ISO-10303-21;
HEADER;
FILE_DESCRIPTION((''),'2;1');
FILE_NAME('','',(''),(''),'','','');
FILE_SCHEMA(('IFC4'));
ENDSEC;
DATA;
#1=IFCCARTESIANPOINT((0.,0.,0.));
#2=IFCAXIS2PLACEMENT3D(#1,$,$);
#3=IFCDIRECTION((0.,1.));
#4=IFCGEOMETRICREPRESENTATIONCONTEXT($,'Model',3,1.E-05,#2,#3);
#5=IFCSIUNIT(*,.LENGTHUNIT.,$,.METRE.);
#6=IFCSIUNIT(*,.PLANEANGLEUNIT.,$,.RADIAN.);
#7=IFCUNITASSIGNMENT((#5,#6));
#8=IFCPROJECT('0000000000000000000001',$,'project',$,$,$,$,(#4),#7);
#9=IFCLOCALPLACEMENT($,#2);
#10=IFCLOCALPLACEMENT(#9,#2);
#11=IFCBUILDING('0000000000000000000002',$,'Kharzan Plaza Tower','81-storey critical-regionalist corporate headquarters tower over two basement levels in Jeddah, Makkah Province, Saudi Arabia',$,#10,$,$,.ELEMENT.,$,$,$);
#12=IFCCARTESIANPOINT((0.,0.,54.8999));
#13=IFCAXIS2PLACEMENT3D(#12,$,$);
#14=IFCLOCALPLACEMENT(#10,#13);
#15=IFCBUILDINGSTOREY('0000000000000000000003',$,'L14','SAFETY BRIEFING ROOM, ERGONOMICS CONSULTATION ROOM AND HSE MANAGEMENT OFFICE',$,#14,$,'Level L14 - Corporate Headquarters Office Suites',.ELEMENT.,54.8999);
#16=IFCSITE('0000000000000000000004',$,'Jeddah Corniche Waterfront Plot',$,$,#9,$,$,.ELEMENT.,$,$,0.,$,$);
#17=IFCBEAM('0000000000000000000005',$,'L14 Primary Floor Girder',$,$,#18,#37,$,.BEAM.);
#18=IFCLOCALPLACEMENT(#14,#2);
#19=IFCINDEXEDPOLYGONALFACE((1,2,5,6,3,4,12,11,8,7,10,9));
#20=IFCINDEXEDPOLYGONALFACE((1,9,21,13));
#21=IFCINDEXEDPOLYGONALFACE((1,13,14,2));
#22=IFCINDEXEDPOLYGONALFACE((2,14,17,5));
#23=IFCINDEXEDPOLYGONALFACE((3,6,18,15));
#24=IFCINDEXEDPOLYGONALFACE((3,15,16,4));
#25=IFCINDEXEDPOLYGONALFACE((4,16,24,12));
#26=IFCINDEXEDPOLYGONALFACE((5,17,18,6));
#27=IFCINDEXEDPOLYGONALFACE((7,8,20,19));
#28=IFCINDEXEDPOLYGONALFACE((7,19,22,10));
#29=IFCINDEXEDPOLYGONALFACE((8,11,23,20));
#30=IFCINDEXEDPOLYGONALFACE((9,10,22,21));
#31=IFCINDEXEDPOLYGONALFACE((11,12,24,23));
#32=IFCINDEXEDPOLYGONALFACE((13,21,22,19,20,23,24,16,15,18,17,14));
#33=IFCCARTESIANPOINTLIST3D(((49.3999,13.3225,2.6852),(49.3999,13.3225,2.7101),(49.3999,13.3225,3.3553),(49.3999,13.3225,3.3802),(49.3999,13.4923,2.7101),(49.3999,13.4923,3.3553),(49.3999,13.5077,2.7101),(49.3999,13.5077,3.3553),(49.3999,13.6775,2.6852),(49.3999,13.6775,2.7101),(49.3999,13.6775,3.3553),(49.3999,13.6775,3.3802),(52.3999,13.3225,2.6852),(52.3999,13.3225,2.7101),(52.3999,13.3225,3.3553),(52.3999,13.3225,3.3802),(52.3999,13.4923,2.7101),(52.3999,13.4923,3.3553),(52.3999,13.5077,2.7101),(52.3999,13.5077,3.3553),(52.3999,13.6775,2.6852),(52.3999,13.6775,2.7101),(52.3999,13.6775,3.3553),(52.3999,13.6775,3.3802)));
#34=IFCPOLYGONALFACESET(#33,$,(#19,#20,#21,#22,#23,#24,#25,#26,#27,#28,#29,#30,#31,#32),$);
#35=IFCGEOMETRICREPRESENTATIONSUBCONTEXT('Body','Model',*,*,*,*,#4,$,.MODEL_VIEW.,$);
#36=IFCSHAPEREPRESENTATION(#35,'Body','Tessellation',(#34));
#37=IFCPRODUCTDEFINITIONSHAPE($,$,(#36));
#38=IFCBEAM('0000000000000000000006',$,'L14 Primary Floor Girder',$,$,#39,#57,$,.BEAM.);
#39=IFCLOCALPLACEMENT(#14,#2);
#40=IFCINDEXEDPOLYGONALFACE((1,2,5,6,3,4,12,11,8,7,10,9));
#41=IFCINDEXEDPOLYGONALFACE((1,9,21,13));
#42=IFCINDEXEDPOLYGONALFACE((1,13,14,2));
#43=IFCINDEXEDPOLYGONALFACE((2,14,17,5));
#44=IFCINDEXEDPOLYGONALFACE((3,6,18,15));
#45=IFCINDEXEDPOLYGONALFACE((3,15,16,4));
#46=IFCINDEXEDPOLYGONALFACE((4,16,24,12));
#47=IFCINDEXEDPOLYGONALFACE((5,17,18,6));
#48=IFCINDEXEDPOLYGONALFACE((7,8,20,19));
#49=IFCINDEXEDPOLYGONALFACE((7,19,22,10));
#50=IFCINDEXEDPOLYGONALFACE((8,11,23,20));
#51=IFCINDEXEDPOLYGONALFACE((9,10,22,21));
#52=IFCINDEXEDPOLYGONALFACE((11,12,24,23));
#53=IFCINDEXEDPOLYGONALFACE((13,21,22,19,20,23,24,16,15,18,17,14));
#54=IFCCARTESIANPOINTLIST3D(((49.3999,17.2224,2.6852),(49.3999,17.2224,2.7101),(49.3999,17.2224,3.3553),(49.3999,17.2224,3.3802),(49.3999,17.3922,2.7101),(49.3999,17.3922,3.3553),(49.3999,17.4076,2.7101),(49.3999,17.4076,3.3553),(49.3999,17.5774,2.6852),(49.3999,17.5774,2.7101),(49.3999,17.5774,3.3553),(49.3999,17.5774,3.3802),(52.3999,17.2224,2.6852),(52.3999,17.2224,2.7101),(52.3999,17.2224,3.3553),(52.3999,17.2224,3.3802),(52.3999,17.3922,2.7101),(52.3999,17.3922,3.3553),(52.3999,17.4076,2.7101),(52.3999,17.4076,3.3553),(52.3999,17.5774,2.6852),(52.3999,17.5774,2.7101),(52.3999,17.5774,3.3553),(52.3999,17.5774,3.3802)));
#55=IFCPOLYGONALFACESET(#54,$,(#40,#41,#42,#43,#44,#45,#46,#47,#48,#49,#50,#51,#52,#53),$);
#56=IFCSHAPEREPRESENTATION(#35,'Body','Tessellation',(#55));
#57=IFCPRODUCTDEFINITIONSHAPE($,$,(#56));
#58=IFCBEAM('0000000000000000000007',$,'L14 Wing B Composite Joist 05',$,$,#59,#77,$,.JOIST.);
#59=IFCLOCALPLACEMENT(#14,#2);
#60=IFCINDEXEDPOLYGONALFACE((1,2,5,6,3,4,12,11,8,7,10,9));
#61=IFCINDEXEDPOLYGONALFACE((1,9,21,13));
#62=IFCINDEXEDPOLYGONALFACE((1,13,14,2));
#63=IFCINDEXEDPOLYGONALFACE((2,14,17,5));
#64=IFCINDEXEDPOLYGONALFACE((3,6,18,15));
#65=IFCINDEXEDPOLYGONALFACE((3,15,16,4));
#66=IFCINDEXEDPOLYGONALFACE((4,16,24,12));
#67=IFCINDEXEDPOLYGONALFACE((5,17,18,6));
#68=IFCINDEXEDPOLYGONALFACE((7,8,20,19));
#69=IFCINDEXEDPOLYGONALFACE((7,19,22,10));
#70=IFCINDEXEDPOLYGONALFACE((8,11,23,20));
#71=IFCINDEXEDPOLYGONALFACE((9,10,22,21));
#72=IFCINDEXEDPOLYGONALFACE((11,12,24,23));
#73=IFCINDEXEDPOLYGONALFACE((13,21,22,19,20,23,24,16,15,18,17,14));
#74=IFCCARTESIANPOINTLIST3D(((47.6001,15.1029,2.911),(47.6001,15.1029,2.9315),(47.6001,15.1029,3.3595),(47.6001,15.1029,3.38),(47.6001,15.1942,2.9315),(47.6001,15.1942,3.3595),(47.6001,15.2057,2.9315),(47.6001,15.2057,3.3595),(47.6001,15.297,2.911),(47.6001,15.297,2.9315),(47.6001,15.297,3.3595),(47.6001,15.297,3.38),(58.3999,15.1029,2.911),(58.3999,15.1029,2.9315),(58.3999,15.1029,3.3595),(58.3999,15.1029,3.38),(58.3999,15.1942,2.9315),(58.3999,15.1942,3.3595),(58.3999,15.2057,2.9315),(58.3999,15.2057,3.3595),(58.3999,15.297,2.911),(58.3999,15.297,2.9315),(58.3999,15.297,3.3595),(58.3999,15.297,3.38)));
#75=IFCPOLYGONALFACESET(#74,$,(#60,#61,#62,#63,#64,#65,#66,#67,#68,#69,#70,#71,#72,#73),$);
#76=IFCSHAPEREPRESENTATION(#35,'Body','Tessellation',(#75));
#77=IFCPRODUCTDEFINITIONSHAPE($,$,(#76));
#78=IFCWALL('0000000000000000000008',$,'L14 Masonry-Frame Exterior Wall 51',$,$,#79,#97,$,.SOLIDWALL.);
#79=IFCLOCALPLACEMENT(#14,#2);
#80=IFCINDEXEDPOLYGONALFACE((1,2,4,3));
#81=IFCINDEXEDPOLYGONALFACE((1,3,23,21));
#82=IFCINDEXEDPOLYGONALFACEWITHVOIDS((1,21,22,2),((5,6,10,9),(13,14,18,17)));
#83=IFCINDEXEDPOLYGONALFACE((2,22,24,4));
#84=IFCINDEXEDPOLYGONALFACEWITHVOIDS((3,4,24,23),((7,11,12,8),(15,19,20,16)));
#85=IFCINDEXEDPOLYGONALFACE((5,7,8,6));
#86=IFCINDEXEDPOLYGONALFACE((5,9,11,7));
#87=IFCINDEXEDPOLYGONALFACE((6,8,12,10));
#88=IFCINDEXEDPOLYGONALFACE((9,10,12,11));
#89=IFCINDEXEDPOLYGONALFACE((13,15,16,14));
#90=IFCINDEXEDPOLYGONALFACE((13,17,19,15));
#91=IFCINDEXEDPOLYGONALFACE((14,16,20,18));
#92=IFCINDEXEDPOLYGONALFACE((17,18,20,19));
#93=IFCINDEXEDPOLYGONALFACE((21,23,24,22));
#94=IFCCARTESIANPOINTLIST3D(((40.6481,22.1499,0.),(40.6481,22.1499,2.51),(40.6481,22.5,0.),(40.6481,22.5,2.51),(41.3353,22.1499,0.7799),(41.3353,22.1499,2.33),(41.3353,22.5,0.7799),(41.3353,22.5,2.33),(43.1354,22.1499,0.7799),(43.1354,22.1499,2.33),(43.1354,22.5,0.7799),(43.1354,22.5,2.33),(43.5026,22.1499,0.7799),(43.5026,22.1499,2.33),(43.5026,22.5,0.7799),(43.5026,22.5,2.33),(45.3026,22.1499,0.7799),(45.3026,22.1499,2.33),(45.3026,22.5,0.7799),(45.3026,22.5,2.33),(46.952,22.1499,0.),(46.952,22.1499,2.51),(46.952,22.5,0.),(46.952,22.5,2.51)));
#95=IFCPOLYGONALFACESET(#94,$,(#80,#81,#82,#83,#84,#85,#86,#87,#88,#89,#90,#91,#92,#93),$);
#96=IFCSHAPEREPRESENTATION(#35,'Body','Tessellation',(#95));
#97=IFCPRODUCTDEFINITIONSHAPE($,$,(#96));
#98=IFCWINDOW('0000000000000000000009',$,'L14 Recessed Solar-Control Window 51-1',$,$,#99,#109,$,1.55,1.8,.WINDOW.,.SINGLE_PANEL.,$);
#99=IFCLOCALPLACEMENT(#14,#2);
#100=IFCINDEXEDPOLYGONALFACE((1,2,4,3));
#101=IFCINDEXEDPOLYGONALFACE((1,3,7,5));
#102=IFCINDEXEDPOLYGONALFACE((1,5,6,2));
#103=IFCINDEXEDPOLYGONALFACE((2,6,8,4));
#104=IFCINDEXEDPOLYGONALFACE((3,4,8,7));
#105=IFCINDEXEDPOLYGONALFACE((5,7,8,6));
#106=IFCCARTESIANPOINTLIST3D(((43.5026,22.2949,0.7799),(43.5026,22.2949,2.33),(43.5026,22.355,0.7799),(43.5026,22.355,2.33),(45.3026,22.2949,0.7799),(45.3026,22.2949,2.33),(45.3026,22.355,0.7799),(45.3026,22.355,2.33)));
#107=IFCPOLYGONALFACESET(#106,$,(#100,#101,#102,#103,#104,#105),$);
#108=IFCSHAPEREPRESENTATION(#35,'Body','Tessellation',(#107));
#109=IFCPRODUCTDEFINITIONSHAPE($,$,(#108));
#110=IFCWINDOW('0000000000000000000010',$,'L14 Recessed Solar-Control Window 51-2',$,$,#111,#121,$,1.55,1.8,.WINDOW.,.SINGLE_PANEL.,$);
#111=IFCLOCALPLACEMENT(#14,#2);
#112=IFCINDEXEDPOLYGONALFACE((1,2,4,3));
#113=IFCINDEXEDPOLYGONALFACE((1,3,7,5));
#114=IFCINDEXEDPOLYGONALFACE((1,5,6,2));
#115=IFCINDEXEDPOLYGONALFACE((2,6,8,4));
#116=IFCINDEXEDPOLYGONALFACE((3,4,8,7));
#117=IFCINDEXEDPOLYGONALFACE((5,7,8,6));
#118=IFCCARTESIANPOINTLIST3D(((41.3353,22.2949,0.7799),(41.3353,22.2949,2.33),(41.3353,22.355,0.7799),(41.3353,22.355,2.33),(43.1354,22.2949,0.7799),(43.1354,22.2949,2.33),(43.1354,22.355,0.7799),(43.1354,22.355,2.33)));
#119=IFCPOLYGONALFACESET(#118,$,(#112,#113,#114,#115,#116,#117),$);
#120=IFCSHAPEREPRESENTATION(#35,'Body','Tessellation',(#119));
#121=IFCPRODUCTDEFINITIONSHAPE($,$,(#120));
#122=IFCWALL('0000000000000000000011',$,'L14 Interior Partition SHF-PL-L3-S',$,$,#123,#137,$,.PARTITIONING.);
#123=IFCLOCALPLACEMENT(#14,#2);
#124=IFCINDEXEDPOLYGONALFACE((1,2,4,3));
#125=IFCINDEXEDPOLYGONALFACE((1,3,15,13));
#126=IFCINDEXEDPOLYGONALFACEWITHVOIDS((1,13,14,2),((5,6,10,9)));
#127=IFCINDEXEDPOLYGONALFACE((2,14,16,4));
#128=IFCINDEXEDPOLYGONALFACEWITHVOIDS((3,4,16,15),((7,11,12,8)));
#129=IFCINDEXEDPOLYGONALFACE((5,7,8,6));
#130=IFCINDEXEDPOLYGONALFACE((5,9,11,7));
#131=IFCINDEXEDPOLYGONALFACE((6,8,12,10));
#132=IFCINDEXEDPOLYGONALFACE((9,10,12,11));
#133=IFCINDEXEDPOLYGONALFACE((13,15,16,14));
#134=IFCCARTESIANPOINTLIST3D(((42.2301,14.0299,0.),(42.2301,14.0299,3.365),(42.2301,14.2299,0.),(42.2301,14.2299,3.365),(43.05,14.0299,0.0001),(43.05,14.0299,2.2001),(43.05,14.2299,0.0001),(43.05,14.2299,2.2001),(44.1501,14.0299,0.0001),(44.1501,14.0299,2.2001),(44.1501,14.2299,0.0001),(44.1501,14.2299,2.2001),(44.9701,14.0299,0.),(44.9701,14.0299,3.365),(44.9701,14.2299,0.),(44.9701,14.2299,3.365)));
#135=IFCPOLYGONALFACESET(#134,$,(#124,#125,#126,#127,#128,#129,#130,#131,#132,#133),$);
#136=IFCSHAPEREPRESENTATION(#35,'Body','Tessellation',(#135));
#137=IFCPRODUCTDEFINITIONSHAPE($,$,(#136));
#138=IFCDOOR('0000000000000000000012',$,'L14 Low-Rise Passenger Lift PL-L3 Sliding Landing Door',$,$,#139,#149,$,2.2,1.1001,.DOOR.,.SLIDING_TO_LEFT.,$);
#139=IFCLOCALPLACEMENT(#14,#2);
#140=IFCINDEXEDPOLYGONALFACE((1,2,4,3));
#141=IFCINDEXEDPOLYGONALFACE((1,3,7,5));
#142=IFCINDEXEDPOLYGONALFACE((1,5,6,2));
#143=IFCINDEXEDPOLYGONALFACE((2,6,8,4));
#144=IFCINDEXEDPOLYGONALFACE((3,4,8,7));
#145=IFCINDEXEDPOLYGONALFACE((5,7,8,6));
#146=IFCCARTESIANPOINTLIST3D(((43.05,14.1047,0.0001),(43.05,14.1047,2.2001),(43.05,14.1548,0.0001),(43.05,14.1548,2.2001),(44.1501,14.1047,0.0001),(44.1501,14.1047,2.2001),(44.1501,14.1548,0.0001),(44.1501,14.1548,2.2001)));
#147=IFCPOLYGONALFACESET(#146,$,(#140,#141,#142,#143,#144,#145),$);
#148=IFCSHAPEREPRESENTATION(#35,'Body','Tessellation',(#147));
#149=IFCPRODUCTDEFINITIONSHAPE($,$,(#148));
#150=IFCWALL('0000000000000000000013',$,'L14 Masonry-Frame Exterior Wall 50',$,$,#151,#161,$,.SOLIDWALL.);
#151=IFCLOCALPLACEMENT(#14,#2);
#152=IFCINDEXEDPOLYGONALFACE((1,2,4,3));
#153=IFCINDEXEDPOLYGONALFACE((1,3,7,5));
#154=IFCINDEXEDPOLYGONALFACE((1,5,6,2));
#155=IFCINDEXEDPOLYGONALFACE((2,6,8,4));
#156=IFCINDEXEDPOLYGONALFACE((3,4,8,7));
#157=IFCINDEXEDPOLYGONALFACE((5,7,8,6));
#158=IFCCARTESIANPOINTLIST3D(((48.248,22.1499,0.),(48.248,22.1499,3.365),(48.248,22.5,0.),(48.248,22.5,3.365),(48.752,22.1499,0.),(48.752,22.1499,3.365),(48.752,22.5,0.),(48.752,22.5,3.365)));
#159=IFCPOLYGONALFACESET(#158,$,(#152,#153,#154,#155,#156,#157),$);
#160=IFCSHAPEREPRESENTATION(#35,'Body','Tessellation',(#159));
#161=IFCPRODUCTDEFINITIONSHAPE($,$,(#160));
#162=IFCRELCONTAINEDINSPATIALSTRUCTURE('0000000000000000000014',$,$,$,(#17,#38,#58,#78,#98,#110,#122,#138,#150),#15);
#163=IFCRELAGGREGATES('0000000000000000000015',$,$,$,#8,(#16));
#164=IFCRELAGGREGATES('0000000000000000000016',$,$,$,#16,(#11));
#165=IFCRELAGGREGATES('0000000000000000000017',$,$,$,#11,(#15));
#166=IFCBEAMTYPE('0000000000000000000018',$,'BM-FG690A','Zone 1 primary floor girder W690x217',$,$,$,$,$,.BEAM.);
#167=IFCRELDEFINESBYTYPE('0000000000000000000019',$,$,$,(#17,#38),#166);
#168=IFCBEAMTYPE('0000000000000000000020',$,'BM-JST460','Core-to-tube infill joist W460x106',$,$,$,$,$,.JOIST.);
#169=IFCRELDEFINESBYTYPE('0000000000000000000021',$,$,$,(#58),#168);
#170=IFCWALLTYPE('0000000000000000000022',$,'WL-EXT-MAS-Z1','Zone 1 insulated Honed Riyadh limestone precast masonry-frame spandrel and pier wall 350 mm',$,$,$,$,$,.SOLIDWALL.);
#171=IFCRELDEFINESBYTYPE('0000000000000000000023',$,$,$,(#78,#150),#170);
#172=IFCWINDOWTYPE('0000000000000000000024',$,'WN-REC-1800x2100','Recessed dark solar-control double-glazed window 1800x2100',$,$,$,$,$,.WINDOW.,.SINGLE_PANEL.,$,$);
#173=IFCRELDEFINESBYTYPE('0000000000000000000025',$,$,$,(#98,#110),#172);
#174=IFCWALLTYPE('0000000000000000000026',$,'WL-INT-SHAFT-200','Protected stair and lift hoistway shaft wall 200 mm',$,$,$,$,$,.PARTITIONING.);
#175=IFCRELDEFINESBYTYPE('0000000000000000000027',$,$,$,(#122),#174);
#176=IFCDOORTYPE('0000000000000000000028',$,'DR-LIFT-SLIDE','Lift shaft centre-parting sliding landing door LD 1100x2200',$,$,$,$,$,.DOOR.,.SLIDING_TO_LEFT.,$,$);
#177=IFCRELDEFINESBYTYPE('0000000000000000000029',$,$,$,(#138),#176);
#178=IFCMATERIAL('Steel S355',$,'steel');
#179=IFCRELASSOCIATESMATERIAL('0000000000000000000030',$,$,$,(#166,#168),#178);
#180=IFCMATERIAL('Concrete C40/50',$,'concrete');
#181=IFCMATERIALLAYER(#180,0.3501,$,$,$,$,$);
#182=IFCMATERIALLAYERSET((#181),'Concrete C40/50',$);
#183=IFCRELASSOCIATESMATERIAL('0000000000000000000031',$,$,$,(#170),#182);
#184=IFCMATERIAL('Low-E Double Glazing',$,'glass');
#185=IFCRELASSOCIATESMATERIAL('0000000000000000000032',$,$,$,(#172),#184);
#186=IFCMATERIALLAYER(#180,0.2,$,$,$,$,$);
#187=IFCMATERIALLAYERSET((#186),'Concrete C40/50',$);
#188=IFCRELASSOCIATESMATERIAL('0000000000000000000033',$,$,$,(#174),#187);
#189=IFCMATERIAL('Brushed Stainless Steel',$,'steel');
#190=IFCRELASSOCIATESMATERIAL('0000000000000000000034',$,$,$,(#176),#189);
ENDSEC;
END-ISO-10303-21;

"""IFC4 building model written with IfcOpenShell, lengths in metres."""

from ifc_helpers import new_model, si_unit, direction, frame, frame_2d, origin, origin_2d, place, context, subcontext, project, spatial, rectangle, i_section, extrude, source, transform, mapped, material, layer, layer_set, material_profile, profile_set, type_object, element, fill, save


model = new_model("IFC4")

# Units and contexts
model_context = context("Model", 3, precision=1e-05, world=origin(), true_north=direction((0.0, 1.0)))
body_context = subcontext(model_context, "Body", "Model", "MODEL_VIEW")
ifc_project = project(units=[si_unit("LENGTHUNIT", "METRE"), si_unit("PLANEANGLEUNIT", "RADIAN")], contexts=[model_context])

# Site, building, storey
site_placement = place(None, origin())
site = spatial("IfcSite", under=ifc_project, at=site_placement, Name="Jeddah Corniche Waterfront Plot", CompositionType="ELEMENT", RefElevation=0.0)
building_placement = place(site_placement, origin())
building = spatial("IfcBuilding", under=site, at=building_placement, Name="Kharzan Plaza Tower", Description="81-storey critical-regionalist corporate headquarters tower over two basement levels in Jeddah, Makkah Province, Saudi Arabia", CompositionType="ELEMENT")
storey_placement = place(building_placement, frame((0.0, 0.0, 54.8999)))
storey = spatial("IfcBuildingStorey", under=building, at=storey_placement, Name="L14", Description="SAFETY BRIEFING ROOM, ERGONOMICS CONSULTATION ROOM AND HSE MANAGEMENT OFFICE", LongName="Level L14 - Corporate Headquarters Office Suites", CompositionType="ELEMENT", Elevation=54.8999)

# Beams
ifc_material_1 = material(Name="Steel S355", Category="steel")
ifc_material_profile_1 = material_profile(ifc_material_1, i_section(OverallWidth=0.355, OverallDepth=0.6951, WebThickness=0.0154, FlangeThickness=0.0249, at=origin_2d()), Name="W690x217")
ifc_profile_set_1 = profile_set([ifc_material_profile_1], Name="Steel S355")
beam_type_1 = type_object("IfcBeamType", Name="BM-FG690A", Description="Zone 1 primary floor girder W690x217", PredefinedType="BEAM", material=ifc_profile_set_1)
shared_shape_1 = source(origin(), body_context, "Body", "SweptSolid", [
    extrude(i_section(OverallWidth=0.355, OverallDepth=0.6951, WebThickness=0.0154, FlangeThickness=0.0249, at=origin_2d()), origin(), (0.0, 0.0, 1.0), 3.0),
])
for number, where, z_axis, x_axis, name in (
    (1, (49.3999, 13.5, 3.0327), (1.0, 0.0, 0.0), (0.0, 1.0, 0.0), "L14 Primary Floor Girder"),
    (2, (49.3999, 17.3999, 3.0327), (1.0, 0.0, 0.0), (0.0, 1.0, 0.0), "L14 Primary Floor Girder"),
):
    element("IfcBeam", number, at=place(storey_placement, frame(where, z_axis=z_axis, x_axis=x_axis)), inside=storey, type_object=beam_type_1, Name=name, PredefinedType="BEAM", context=body_context, shape_type="MappedRepresentation", body=[
        mapped(shared_shape_1, transform((0.0, 0.0, 0.0), x_axis=(1.0, 0.0, 0.0), y_axis=(0.0, 1.0, 0.0), z_axis=(0.0, 0.0, 1.0))),
    ])
ifc_material_profile_2 = material_profile(ifc_material_1, i_section(OverallWidth=0.1941, OverallDepth=0.469, WebThickness=0.0115, FlangeThickness=0.0205, at=origin_2d()), Name="W460x106")
ifc_profile_set_2 = profile_set([ifc_material_profile_2], Name="Steel S355")
beam_type_2 = type_object("IfcBeamType", Name="BM-JST460", Description="Core-to-tube infill joist W460x106", PredefinedType="JOIST", material=ifc_profile_set_2)
shared_shape_2 = source(origin(), body_context, "Body", "SweptSolid", [
    extrude(i_section(OverallWidth=0.1941, OverallDepth=0.469, WebThickness=0.0115, FlangeThickness=0.0205, at=origin_2d()), origin(), (0.0, 0.0, 1.0), 10.7998),
])
beam_1_placement = place(storey_placement, frame((47.6001, 15.2, 3.1455), z_axis=(1.0, 0.0, 0.0), x_axis=(0.0, 1.0, 0.0)))
element("IfcBeam", 3, at=beam_1_placement, inside=storey, type_object=beam_type_2, Name="L14 Wing B Composite Joist 05", PredefinedType="JOIST", context=body_context, shape_type="MappedRepresentation", body=[
    mapped(shared_shape_2, transform((0.0, 0.0, 0.0), x_axis=(1.0, 0.0, 0.0), y_axis=(0.0, 1.0, 0.0), z_axis=(0.0, 0.0, 1.0))),
])

# Wall, openings, windows
ifc_material_2 = material(Name="Concrete C40/50", Category="concrete")
ifc_layer_1 = layer(ifc_material_2, 0.3501)
ifc_layer_set_1 = layer_set([ifc_layer_1], Name="Concrete C40/50")
wall_type_1 = type_object("IfcWallType", Name="WL-EXT-MAS-Z1", Description="Zone 1 insulated Honed Riyadh limestone precast masonry-frame spandrel and pier wall 350 mm", PredefinedType="SOLIDWALL", material=ifc_layer_set_1)
wall_1_placement = place(storey_placement, frame((46.9519, 22.325, 0.0), z_axis=(0.0, 0.0, 1.0), x_axis=(-1.0, 0.0, 0.0)))
wall_1 = element("IfcWall", 4, at=wall_1_placement, inside=storey, type_object=wall_type_1, Name="L14 Masonry-Frame Exterior Wall 51", PredefinedType="SOLIDWALL", context=body_context, shape_type="SweptSolid", body=[
    extrude(rectangle(XDim=6.304, YDim=0.3501, at=frame_2d((3.1519, 0.0))), origin(), (0.0, 0.0, 1.0), 2.51),
])
opening_1_placement = place(wall_1_placement, frame((1.6494, 0.0, 0.78)))
opening_1 = element("IfcOpeningElement", 5, at=opening_1_placement, cuts=wall_1, PredefinedType="OPENING", context=body_context, shape_type="SweptSolid", body=[
    extrude(rectangle(XDim=1.8, YDim=1.55, at=frame_2d((0.8999, 0.7749))), frame((0.0, 0.1851, 0.0), z_axis=(0.0, -1.0, 0.0), x_axis=(1.0, 0.0, 0.0)), (0.0, 0.0, 1.0), 0.3701),
])
opening_2_placement = place(wall_1_placement, frame((3.8167, 0.0, 0.78)))
opening_2 = element("IfcOpeningElement", 6, at=opening_2_placement, cuts=wall_1, PredefinedType="OPENING", context=body_context, shape_type="SweptSolid", body=[
    extrude(rectangle(XDim=1.8, YDim=1.55, at=frame_2d((0.8999, 0.7749))), frame((0.0, 0.1851, 0.0), z_axis=(0.0, -1.0, 0.0), x_axis=(1.0, 0.0, 0.0)), (0.0, 0.0, 1.0), 0.3701),
])
ifc_material_3 = material(Name="Low-E Double Glazing", Category="glass")
window_type = type_object("IfcWindowType", Name="WN-REC-1800x2100", Description="Recessed dark solar-control double-glazed window 1800x2100", PartitioningType="SINGLE_PANEL", PredefinedType="WINDOW", material=ifc_material_3)
shared_shape_3 = source(origin(), body_context, "Body", "SweptSolid", [
    extrude(rectangle(XDim=1.8, YDim=1.55, at=frame_2d((0.8999, 0.7749))), frame((0.0, 0.03, 0.0), z_axis=(0.0, -1.0, 0.0), x_axis=(1.0, 0.0, 0.0)), (0.0, 0.0, 1.0), 0.0601),
])
window_1_placement = place(opening_1_placement, origin())
window_1 = element("IfcWindow", 7, at=window_1_placement, inside=storey, type_object=window_type, Name="L14 Recessed Solar-Control Window 51-1", OverallHeight=1.55, OverallWidth=1.8, PartitioningType="SINGLE_PANEL", PredefinedType="WINDOW", context=body_context, shape_type="MappedRepresentation", body=[
    mapped(shared_shape_3, transform((0.0, 0.0, 0.0), x_axis=(1.0, 0.0, 0.0), y_axis=(0.0, 1.0, 0.0), z_axis=(0.0, 0.0, 1.0))),
])
fill(opening_1, window_1)
window_2_placement = place(opening_2_placement, origin())
window_2 = element("IfcWindow", 8, at=window_2_placement, inside=storey, type_object=window_type, Name="L14 Recessed Solar-Control Window 51-2", OverallHeight=1.55, OverallWidth=1.8, PartitioningType="SINGLE_PANEL", PredefinedType="WINDOW", context=body_context, shape_type="MappedRepresentation", body=[
    mapped(shared_shape_3, transform((0.0, 0.0, 0.0), x_axis=(1.0, 0.0, 0.0), y_axis=(0.0, 1.0, 0.0), z_axis=(0.0, 0.0, 1.0))),
])
fill(opening_2, window_2)

# Wall, opening, door
ifc_layer_2 = layer(ifc_material_2, 0.2)
ifc_layer_set_2 = layer_set([ifc_layer_2], Name="Concrete C40/50")
wall_type_2 = type_object("IfcWallType", Name="WL-INT-SHAFT-200", Description="Protected stair and lift hoistway shaft wall 200 mm", PredefinedType="PARTITIONING", material=ifc_layer_set_2)
wall_2_placement = place(storey_placement, frame((42.23, 14.1299, 0.0), z_axis=(0.0, 0.0, 1.0), x_axis=(1.0, 0.0, 0.0)))
wall_2 = element("IfcWall", 9, at=wall_2_placement, inside=storey, type_object=wall_type_2, Name="L14 Interior Partition SHF-PL-L3-S", PredefinedType="PARTITIONING", context=body_context, shape_type="SweptSolid", body=[
    extrude(rectangle(XDim=2.74, YDim=0.2, at=frame_2d((1.3701, 0.0))), origin(), (0.0, 0.0, 1.0), 3.365),
])
opening_3_placement = place(wall_2_placement, frame((0.8201, 0.0, 0.0)))
opening_3 = element("IfcOpeningElement", 10, at=opening_3_placement, cuts=wall_2, PredefinedType="OPENING", context=body_context, shape_type="SweptSolid", body=[
    extrude(rectangle(XDim=1.1001, YDim=2.2, at=frame_2d((0.55, 1.1001))), frame((0.0, 0.1099, 0.0), z_axis=(0.0, -1.0, 0.0), x_axis=(1.0, 0.0, 0.0)), (0.0, 0.0, 1.0), 0.22),
])
ifc_material_4 = material(Name="Brushed Stainless Steel", Category="steel")
door_type_1 = type_object("IfcDoorType", Name="DR-LIFT-SLIDE", Description="Lift shaft centre-parting sliding landing door LD 1100x2200", OperationType="SLIDING_TO_LEFT", PredefinedType="DOOR", material=ifc_material_4)
shared_shape_4 = source(origin(), body_context, "Body", "SweptSolid", [
    extrude(rectangle(XDim=1.1001, YDim=2.2, at=frame_2d((0.55, 1.1001))), frame((0.0, 0.0249, 0.0), z_axis=(0.0, -1.0, 0.0), x_axis=(1.0, 0.0, 0.0)), (0.0, 0.0, 1.0), 0.05),
])
door_1_placement = place(opening_3_placement, origin())
door_1 = element("IfcDoor", 11, at=door_1_placement, inside=storey, type_object=door_type_1, Name="L14 Low-Rise Passenger Lift PL-L3 Sliding Landing Door", OperationType="SLIDING_TO_LEFT", OverallHeight=2.2, OverallWidth=1.1001, PredefinedType="DOOR", context=body_context, shape_type="MappedRepresentation", body=[
    mapped(shared_shape_4, transform((0.0, 0.0, 0.0), x_axis=(1.0, 0.0, 0.0), y_axis=(0.0, 1.0, 0.0), z_axis=(0.0, 0.0, 1.0))),
])
fill(opening_3, door_1)

# Wall
shared_shape_5 = source(origin(), body_context, "Body", "SweptSolid", [
    extrude(rectangle(XDim=0.5039, YDim=0.3501, at=frame_2d((0.252, 0.0))), origin(), (0.0, 0.0, 1.0), 3.365),
])
wall_3_placement = place(storey_placement, frame((48.752, 22.325, 0.0), z_axis=(0.0, 0.0, 1.0), x_axis=(-1.0, 0.0, 0.0)))
element("IfcWall", 12, at=wall_3_placement, inside=storey, type_object=wall_type_1, Name="L14 Masonry-Frame Exterior Wall 50", PredefinedType="SOLIDWALL", context=body_context, shape_type="MappedRepresentation", body=[
    mapped(shared_shape_5, transform((0.0, 0.0, 0.0), x_axis=(1.0, 0.0, 0.0), y_axis=(0.0, 1.0, 0.0), z_axis=(0.0, 0.0, 1.0))),
])

save(model, "model.ifc")
